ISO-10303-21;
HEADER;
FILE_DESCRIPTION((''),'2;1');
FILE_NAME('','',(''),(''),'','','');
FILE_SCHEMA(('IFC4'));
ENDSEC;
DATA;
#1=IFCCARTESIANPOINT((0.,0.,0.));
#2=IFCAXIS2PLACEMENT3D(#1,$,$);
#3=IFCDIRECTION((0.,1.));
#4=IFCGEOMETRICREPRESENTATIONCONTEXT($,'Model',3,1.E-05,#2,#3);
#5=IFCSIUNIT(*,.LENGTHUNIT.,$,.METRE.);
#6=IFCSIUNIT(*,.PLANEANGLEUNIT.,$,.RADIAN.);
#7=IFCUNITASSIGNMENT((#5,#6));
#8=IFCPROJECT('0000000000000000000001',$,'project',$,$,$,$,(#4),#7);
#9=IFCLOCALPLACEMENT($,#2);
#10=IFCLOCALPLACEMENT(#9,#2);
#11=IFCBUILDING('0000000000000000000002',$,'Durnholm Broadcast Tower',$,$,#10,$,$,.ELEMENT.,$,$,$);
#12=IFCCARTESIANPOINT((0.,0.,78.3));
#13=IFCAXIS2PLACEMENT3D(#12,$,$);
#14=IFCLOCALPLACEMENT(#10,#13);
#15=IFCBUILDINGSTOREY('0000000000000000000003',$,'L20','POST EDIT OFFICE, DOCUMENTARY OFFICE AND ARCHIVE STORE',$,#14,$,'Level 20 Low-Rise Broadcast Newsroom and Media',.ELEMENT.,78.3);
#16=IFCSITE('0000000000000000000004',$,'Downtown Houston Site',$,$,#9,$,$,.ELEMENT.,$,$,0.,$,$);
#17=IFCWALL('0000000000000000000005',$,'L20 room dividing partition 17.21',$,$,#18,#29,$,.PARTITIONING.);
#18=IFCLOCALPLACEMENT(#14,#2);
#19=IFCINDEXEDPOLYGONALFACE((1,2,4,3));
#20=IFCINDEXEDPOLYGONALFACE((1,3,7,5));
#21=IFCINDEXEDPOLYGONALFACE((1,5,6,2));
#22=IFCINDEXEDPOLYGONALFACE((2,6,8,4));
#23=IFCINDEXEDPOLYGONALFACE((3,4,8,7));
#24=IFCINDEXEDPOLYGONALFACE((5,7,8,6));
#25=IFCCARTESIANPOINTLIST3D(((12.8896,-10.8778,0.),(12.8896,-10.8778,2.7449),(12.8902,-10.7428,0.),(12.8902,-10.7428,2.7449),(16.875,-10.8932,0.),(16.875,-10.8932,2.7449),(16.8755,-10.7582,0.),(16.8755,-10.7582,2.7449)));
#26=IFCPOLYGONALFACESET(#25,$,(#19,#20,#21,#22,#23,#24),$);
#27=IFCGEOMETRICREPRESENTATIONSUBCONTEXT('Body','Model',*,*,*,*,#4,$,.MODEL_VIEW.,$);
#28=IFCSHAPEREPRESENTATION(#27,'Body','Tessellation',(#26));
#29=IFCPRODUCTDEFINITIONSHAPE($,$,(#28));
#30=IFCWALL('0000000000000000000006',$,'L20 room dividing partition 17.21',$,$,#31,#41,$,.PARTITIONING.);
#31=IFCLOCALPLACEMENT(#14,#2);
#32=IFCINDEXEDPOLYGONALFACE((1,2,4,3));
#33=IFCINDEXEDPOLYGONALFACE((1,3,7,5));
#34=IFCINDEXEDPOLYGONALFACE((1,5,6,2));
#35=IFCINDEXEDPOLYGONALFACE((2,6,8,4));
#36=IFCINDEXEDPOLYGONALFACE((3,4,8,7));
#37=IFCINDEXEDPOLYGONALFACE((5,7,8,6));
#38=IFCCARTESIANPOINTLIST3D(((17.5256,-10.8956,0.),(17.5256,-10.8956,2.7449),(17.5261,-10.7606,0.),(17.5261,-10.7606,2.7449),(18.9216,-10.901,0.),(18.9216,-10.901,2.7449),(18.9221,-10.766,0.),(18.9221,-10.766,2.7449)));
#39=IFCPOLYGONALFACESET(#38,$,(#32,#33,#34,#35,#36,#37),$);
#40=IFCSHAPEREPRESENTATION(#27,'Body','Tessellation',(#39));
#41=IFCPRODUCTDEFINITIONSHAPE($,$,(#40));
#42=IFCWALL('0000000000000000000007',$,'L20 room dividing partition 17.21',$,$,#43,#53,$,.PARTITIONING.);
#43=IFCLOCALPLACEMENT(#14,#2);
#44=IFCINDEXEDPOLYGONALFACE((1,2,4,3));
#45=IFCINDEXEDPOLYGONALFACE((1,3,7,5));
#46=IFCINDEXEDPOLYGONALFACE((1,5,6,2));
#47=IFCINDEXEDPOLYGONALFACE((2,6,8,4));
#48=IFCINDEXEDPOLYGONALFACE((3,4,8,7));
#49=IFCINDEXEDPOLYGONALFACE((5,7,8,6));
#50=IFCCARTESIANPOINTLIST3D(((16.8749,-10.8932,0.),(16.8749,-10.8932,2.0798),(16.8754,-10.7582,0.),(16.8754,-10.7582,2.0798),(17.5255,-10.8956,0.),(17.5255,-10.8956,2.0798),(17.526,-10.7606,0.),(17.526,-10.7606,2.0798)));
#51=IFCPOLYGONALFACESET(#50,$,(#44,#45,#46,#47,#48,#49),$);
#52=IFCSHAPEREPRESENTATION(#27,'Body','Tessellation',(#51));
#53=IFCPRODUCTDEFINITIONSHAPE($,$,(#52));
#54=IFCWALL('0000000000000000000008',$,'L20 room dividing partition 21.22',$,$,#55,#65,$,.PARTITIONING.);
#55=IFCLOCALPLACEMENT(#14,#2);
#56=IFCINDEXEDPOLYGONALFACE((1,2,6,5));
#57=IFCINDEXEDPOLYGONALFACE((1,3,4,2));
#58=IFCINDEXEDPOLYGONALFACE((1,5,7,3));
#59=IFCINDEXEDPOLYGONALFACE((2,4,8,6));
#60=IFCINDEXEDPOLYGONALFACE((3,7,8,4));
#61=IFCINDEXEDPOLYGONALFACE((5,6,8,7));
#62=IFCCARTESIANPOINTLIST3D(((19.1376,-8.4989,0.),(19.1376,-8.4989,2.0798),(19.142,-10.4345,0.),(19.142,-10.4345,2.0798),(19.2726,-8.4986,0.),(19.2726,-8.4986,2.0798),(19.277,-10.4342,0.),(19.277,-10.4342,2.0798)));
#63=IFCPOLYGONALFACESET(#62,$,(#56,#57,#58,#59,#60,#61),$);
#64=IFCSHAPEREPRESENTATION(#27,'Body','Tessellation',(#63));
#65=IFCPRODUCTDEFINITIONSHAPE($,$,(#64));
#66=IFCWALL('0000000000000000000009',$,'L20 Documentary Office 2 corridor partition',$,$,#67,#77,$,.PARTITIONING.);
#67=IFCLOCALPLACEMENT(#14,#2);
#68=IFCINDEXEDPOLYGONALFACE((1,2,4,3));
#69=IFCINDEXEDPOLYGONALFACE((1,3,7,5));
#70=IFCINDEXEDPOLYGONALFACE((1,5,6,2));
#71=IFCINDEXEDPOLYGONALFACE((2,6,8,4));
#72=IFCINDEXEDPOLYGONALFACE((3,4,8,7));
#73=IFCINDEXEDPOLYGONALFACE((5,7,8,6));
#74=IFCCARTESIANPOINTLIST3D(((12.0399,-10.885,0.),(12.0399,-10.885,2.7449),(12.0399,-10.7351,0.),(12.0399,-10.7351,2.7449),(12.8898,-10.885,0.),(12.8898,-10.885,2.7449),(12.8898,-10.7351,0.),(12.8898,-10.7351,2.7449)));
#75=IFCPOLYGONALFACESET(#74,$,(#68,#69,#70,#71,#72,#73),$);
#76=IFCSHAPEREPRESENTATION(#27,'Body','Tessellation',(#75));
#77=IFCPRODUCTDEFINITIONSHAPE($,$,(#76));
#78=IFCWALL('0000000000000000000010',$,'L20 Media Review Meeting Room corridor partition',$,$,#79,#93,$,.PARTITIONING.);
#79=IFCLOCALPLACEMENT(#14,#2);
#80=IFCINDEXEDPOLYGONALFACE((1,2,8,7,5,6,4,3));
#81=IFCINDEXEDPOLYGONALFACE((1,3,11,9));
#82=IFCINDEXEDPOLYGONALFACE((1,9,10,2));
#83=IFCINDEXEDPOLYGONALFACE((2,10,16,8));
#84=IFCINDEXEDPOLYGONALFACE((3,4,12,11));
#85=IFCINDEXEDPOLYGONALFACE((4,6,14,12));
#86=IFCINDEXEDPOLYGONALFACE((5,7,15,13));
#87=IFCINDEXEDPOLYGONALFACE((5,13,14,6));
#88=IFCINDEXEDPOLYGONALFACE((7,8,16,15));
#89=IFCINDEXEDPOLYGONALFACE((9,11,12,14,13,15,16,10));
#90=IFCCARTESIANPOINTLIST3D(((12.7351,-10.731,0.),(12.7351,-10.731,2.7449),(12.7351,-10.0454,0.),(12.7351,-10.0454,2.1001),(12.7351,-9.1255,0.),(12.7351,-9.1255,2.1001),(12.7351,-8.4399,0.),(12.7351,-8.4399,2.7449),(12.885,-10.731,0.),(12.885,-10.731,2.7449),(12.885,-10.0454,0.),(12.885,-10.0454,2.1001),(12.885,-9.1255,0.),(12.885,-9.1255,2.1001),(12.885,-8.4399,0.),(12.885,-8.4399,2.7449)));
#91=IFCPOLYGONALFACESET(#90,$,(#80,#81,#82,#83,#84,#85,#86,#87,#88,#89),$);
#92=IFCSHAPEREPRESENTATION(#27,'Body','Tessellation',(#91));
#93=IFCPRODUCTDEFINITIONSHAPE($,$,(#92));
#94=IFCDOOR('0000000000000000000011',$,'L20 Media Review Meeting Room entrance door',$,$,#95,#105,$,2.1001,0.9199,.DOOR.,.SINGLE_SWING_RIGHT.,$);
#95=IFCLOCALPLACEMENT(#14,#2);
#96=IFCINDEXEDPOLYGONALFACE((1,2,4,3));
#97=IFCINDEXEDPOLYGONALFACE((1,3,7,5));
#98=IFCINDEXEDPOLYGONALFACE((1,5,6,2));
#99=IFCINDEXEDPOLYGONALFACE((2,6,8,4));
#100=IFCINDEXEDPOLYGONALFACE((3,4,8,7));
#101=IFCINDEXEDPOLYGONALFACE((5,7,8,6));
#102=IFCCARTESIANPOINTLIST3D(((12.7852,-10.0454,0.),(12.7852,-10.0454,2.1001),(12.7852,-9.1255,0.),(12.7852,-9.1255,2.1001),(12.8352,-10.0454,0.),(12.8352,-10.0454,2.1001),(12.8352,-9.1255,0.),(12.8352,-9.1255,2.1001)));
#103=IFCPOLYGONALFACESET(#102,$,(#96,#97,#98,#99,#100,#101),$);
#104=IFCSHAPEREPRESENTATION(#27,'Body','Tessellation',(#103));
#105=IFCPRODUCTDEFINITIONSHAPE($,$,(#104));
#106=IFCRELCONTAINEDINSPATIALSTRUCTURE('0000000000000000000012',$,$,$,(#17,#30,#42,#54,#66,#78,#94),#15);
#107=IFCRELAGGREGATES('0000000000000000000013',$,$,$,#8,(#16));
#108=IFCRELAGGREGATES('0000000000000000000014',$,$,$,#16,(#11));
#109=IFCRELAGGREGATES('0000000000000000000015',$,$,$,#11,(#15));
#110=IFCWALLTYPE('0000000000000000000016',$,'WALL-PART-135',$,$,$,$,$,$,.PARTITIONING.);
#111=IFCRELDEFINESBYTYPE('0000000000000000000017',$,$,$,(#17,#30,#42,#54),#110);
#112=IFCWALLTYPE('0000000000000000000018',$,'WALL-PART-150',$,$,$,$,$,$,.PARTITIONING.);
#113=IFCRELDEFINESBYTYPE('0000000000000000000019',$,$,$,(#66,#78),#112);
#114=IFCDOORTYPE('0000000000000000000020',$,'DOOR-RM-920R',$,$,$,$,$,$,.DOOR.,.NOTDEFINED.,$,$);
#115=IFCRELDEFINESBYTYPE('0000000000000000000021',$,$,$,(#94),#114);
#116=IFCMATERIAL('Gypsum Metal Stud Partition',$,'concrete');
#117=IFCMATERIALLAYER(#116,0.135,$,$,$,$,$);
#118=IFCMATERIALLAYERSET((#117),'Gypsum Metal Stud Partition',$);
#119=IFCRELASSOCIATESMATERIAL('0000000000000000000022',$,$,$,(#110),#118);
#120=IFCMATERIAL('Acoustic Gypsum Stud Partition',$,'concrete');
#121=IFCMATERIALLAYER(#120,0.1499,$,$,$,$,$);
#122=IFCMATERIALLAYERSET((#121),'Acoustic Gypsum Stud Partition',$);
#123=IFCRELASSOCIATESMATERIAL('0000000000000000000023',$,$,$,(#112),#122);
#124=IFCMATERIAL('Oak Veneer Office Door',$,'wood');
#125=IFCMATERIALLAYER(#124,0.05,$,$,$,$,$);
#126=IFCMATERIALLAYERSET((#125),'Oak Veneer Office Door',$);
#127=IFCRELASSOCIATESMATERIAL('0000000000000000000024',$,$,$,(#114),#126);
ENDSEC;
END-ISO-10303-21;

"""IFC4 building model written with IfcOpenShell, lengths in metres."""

from ifc_helpers import new_model, si_unit, direction, frame, frame_2d, origin, place, context, subcontext, project, spatial, rectangle, extrude, source, transform, mapped, material, layer, layer_set, type_object, type_shapes, element, fill, save


model = new_model("IFC4")

# Units and contexts
model_context = context("Model", 3, precision=1e-05, world=origin(), true_north=direction((0.0, 1.0)))
body_context = subcontext(model_context, "Body", "Model", "MODEL_VIEW")
ifc_project = project(units=[si_unit("LENGTHUNIT", "METRE"), si_unit("PLANEANGLEUNIT", "RADIAN")], contexts=[model_context])

# Site, building, storey
site_placement = place(None, origin())
site = spatial("IfcSite", under=ifc_project, at=site_placement, Name="Downtown Houston Site", CompositionType="ELEMENT", RefElevation=0.0)
building_placement = place(site_placement, origin())
building = spatial("IfcBuilding", under=site, at=building_placement, Name="Durnholm Broadcast Tower", CompositionType="ELEMENT")
storey_placement = place(building_placement, frame((0.0, 0.0, 78.3)))
storey = spatial("IfcBuildingStorey", under=building, at=storey_placement, Name="L20", Description="POST EDIT OFFICE, DOCUMENTARY OFFICE AND ARCHIVE STORE", LongName="Level 20 Low-Rise Broadcast Newsroom and Media", CompositionType="ELEMENT", Elevation=78.3)

# Walls
ifc_material_1 = material(Name="Gypsum Metal Stud Partition", Category="concrete")
ifc_layer_1 = layer(ifc_material_1, 0.135)
ifc_layer_set_1 = layer_set([ifc_layer_1], Name="Gypsum Metal Stud Partition")
wall_type_1 = type_object("IfcWallType", Name="WALL-PART-135", PredefinedType="PARTITIONING", material=ifc_layer_set_1)
wall_1_placement = place(storey_placement, frame((12.8899, -10.8103, 0.0), z_axis=(0.0, 0.0, 1.0), x_axis=(0.999993, -0.003859, 0.0)))
element("IfcWall", 1, at=wall_1_placement, inside=storey, type_object=wall_type_1, Name="L20 room dividing partition 17.21", PredefinedType="PARTITIONING", context=body_context, shape_type="SweptSolid", body=[
    extrude(rectangle(XDim=3.9854, YDim=0.135, at=frame_2d((1.9927, 0.0))), origin(), (0.0, 0.0, 1.0), 2.7449),
])
wall_2_placement = place(storey_placement, frame((17.5259, -10.8281, 0.0), z_axis=(0.0, 0.0, 1.0), x_axis=(0.999993, -0.003847, 0.0)))
element("IfcWall", 2, at=wall_2_placement, inside=storey, type_object=wall_type_1, Name="L20 room dividing partition 17.21", PredefinedType="PARTITIONING", context=body_context, shape_type="SweptSolid", body=[
    extrude(rectangle(XDim=1.396, YDim=0.135, at=frame_2d((0.698, 0.0))), origin(), (0.0, 0.0, 1.0), 2.7449),
])
wall_3_placement = place(storey_placement, frame((16.8752, -10.8257, 0.0), z_axis=(0.0, 0.0, 1.0), x_axis=(0.999993, -0.003752, 0.0)))
element("IfcWall", 3, at=wall_3_placement, inside=storey, type_object=wall_type_1, Name="L20 room dividing partition 17.21", PredefinedType="PARTITIONING", context=body_context, shape_type="SweptSolid", body=[
    extrude(rectangle(XDim=0.6506, YDim=0.135, at=frame_2d((0.3252, 0.0))), origin(), (0.0, 0.0, 1.0), 2.0798),
])
wall_4_placement = place(storey_placement, frame((19.2051, -8.4988, 0.0), z_axis=(0.0, 0.0, 1.0), x_axis=(0.00227, -0.999997, 0.0)))
element("IfcWall", 4, at=wall_4_placement, inside=storey, type_object=wall_type_1, Name="L20 room dividing partition 21.22", PredefinedType="PARTITIONING", context=body_context, shape_type="SweptSolid", body=[
    extrude(rectangle(XDim=1.9355, YDim=0.135, at=frame_2d((0.9678, 0.0))), origin(), (0.0, 0.0, 1.0), 2.0798),
])
ifc_material_2 = material(Name="Acoustic Gypsum Stud Partition", Category="concrete")
ifc_layer_2 = layer(ifc_material_2, 0.1499)
ifc_layer_set_2 = layer_set([ifc_layer_2], Name="Acoustic Gypsum Stud Partition")
wall_type_2 = type_object("IfcWallType", Name="WALL-PART-150", PredefinedType="PARTITIONING", material=ifc_layer_set_2)
wall_5_placement = place(storey_placement, frame((12.04, -10.8101, 0.0), z_axis=(0.0, 0.0, 1.0), x_axis=(1.0, 0.0, 0.0)))
element("IfcWall", 5, at=wall_5_placement, inside=storey, type_object=wall_type_2, Name="L20 Documentary Office 2 corridor partition", PredefinedType="PARTITIONING", context=body_context, shape_type="SweptSolid", body=[
    extrude(rectangle(XDim=0.8499, YDim=0.1499, at=frame_2d((0.4248, 0.0))), origin(), (0.0, 0.0, 1.0), 2.7449),
])

# Wall, opening, door
wall_6_placement = place(storey_placement, frame((12.8101, -10.731, 0.0), z_axis=(0.0, 0.0, 1.0), x_axis=(0.0, 1.0, 0.0)))
wall_6 = element("IfcWall", 6, at=wall_6_placement, inside=storey, type_object=wall_type_2, Name="L20 Media Review Meeting Room corridor partition", PredefinedType="PARTITIONING", context=body_context, shape_type="SweptSolid", body=[
    extrude(rectangle(XDim=2.291, YDim=0.1499, at=frame_2d((1.1455, 0.0))), origin(), (0.0, 0.0, 1.0), 2.7449),
])
opening_placement = place(wall_6_placement, frame((0.6855, 0.0, 0.0)))
opening = element("IfcOpeningElement", 7, at=opening_placement, cuts=wall_6, PredefinedType="OPENING", context=body_context, shape_type="SweptSolid", body=[
    extrude(rectangle(XDim=0.9199, YDim=2.1001, at=frame_2d((0.46, 1.05))), frame((0.0, 0.085, 0.0), z_axis=(0.0, -1.0, 0.0), x_axis=(1.0, 0.0, 0.0)), (0.0, 0.0, 1.0), 0.1699),
])
ifc_material_3 = material(Name="Oak Veneer Office Door", Category="wood")
ifc_layer_3 = layer(ifc_material_3, 0.05)
ifc_layer_set_3 = layer_set([ifc_layer_3], Name="Oak Veneer Office Door")
door_type = type_object("IfcDoorType", Name="DOOR-RM-920R", OperationType="NOTDEFINED", PredefinedType="DOOR", material=ifc_layer_set_3)
shared_shape_1 = source(origin(), body_context, "Body", "SweptSolid", [
    extrude(rectangle(XDim=0.9199, YDim=2.1001, at=frame_2d((0.46, 1.05))), frame((0.0, 0.0249, 0.0), z_axis=(0.0, -1.0, 0.0), x_axis=(1.0, 0.0, 0.0)), (0.0, 0.0, 1.0), 0.05),
])
type_shapes(door_type, [shared_shape_1])
door_placement = place(opening_placement, origin())
door = element("IfcDoor", 8, at=door_placement, inside=storey, type_object=door_type, Name="L20 Media Review Meeting Room entrance door", OperationType="SINGLE_SWING_RIGHT", OverallHeight=2.1001, OverallWidth=0.9199, PredefinedType="DOOR", context=body_context, shape_type="MappedRepresentation", body=[
    mapped(shared_shape_1, transform((0.0, 0.0, 0.0), x_axis=(1.0, 0.0, 0.0), y_axis=(0.0, 1.0, 0.0), z_axis=(0.0, 0.0, 1.0), scale=1.0)),
])
fill(opening, door)

save(model, "model.ifc")
